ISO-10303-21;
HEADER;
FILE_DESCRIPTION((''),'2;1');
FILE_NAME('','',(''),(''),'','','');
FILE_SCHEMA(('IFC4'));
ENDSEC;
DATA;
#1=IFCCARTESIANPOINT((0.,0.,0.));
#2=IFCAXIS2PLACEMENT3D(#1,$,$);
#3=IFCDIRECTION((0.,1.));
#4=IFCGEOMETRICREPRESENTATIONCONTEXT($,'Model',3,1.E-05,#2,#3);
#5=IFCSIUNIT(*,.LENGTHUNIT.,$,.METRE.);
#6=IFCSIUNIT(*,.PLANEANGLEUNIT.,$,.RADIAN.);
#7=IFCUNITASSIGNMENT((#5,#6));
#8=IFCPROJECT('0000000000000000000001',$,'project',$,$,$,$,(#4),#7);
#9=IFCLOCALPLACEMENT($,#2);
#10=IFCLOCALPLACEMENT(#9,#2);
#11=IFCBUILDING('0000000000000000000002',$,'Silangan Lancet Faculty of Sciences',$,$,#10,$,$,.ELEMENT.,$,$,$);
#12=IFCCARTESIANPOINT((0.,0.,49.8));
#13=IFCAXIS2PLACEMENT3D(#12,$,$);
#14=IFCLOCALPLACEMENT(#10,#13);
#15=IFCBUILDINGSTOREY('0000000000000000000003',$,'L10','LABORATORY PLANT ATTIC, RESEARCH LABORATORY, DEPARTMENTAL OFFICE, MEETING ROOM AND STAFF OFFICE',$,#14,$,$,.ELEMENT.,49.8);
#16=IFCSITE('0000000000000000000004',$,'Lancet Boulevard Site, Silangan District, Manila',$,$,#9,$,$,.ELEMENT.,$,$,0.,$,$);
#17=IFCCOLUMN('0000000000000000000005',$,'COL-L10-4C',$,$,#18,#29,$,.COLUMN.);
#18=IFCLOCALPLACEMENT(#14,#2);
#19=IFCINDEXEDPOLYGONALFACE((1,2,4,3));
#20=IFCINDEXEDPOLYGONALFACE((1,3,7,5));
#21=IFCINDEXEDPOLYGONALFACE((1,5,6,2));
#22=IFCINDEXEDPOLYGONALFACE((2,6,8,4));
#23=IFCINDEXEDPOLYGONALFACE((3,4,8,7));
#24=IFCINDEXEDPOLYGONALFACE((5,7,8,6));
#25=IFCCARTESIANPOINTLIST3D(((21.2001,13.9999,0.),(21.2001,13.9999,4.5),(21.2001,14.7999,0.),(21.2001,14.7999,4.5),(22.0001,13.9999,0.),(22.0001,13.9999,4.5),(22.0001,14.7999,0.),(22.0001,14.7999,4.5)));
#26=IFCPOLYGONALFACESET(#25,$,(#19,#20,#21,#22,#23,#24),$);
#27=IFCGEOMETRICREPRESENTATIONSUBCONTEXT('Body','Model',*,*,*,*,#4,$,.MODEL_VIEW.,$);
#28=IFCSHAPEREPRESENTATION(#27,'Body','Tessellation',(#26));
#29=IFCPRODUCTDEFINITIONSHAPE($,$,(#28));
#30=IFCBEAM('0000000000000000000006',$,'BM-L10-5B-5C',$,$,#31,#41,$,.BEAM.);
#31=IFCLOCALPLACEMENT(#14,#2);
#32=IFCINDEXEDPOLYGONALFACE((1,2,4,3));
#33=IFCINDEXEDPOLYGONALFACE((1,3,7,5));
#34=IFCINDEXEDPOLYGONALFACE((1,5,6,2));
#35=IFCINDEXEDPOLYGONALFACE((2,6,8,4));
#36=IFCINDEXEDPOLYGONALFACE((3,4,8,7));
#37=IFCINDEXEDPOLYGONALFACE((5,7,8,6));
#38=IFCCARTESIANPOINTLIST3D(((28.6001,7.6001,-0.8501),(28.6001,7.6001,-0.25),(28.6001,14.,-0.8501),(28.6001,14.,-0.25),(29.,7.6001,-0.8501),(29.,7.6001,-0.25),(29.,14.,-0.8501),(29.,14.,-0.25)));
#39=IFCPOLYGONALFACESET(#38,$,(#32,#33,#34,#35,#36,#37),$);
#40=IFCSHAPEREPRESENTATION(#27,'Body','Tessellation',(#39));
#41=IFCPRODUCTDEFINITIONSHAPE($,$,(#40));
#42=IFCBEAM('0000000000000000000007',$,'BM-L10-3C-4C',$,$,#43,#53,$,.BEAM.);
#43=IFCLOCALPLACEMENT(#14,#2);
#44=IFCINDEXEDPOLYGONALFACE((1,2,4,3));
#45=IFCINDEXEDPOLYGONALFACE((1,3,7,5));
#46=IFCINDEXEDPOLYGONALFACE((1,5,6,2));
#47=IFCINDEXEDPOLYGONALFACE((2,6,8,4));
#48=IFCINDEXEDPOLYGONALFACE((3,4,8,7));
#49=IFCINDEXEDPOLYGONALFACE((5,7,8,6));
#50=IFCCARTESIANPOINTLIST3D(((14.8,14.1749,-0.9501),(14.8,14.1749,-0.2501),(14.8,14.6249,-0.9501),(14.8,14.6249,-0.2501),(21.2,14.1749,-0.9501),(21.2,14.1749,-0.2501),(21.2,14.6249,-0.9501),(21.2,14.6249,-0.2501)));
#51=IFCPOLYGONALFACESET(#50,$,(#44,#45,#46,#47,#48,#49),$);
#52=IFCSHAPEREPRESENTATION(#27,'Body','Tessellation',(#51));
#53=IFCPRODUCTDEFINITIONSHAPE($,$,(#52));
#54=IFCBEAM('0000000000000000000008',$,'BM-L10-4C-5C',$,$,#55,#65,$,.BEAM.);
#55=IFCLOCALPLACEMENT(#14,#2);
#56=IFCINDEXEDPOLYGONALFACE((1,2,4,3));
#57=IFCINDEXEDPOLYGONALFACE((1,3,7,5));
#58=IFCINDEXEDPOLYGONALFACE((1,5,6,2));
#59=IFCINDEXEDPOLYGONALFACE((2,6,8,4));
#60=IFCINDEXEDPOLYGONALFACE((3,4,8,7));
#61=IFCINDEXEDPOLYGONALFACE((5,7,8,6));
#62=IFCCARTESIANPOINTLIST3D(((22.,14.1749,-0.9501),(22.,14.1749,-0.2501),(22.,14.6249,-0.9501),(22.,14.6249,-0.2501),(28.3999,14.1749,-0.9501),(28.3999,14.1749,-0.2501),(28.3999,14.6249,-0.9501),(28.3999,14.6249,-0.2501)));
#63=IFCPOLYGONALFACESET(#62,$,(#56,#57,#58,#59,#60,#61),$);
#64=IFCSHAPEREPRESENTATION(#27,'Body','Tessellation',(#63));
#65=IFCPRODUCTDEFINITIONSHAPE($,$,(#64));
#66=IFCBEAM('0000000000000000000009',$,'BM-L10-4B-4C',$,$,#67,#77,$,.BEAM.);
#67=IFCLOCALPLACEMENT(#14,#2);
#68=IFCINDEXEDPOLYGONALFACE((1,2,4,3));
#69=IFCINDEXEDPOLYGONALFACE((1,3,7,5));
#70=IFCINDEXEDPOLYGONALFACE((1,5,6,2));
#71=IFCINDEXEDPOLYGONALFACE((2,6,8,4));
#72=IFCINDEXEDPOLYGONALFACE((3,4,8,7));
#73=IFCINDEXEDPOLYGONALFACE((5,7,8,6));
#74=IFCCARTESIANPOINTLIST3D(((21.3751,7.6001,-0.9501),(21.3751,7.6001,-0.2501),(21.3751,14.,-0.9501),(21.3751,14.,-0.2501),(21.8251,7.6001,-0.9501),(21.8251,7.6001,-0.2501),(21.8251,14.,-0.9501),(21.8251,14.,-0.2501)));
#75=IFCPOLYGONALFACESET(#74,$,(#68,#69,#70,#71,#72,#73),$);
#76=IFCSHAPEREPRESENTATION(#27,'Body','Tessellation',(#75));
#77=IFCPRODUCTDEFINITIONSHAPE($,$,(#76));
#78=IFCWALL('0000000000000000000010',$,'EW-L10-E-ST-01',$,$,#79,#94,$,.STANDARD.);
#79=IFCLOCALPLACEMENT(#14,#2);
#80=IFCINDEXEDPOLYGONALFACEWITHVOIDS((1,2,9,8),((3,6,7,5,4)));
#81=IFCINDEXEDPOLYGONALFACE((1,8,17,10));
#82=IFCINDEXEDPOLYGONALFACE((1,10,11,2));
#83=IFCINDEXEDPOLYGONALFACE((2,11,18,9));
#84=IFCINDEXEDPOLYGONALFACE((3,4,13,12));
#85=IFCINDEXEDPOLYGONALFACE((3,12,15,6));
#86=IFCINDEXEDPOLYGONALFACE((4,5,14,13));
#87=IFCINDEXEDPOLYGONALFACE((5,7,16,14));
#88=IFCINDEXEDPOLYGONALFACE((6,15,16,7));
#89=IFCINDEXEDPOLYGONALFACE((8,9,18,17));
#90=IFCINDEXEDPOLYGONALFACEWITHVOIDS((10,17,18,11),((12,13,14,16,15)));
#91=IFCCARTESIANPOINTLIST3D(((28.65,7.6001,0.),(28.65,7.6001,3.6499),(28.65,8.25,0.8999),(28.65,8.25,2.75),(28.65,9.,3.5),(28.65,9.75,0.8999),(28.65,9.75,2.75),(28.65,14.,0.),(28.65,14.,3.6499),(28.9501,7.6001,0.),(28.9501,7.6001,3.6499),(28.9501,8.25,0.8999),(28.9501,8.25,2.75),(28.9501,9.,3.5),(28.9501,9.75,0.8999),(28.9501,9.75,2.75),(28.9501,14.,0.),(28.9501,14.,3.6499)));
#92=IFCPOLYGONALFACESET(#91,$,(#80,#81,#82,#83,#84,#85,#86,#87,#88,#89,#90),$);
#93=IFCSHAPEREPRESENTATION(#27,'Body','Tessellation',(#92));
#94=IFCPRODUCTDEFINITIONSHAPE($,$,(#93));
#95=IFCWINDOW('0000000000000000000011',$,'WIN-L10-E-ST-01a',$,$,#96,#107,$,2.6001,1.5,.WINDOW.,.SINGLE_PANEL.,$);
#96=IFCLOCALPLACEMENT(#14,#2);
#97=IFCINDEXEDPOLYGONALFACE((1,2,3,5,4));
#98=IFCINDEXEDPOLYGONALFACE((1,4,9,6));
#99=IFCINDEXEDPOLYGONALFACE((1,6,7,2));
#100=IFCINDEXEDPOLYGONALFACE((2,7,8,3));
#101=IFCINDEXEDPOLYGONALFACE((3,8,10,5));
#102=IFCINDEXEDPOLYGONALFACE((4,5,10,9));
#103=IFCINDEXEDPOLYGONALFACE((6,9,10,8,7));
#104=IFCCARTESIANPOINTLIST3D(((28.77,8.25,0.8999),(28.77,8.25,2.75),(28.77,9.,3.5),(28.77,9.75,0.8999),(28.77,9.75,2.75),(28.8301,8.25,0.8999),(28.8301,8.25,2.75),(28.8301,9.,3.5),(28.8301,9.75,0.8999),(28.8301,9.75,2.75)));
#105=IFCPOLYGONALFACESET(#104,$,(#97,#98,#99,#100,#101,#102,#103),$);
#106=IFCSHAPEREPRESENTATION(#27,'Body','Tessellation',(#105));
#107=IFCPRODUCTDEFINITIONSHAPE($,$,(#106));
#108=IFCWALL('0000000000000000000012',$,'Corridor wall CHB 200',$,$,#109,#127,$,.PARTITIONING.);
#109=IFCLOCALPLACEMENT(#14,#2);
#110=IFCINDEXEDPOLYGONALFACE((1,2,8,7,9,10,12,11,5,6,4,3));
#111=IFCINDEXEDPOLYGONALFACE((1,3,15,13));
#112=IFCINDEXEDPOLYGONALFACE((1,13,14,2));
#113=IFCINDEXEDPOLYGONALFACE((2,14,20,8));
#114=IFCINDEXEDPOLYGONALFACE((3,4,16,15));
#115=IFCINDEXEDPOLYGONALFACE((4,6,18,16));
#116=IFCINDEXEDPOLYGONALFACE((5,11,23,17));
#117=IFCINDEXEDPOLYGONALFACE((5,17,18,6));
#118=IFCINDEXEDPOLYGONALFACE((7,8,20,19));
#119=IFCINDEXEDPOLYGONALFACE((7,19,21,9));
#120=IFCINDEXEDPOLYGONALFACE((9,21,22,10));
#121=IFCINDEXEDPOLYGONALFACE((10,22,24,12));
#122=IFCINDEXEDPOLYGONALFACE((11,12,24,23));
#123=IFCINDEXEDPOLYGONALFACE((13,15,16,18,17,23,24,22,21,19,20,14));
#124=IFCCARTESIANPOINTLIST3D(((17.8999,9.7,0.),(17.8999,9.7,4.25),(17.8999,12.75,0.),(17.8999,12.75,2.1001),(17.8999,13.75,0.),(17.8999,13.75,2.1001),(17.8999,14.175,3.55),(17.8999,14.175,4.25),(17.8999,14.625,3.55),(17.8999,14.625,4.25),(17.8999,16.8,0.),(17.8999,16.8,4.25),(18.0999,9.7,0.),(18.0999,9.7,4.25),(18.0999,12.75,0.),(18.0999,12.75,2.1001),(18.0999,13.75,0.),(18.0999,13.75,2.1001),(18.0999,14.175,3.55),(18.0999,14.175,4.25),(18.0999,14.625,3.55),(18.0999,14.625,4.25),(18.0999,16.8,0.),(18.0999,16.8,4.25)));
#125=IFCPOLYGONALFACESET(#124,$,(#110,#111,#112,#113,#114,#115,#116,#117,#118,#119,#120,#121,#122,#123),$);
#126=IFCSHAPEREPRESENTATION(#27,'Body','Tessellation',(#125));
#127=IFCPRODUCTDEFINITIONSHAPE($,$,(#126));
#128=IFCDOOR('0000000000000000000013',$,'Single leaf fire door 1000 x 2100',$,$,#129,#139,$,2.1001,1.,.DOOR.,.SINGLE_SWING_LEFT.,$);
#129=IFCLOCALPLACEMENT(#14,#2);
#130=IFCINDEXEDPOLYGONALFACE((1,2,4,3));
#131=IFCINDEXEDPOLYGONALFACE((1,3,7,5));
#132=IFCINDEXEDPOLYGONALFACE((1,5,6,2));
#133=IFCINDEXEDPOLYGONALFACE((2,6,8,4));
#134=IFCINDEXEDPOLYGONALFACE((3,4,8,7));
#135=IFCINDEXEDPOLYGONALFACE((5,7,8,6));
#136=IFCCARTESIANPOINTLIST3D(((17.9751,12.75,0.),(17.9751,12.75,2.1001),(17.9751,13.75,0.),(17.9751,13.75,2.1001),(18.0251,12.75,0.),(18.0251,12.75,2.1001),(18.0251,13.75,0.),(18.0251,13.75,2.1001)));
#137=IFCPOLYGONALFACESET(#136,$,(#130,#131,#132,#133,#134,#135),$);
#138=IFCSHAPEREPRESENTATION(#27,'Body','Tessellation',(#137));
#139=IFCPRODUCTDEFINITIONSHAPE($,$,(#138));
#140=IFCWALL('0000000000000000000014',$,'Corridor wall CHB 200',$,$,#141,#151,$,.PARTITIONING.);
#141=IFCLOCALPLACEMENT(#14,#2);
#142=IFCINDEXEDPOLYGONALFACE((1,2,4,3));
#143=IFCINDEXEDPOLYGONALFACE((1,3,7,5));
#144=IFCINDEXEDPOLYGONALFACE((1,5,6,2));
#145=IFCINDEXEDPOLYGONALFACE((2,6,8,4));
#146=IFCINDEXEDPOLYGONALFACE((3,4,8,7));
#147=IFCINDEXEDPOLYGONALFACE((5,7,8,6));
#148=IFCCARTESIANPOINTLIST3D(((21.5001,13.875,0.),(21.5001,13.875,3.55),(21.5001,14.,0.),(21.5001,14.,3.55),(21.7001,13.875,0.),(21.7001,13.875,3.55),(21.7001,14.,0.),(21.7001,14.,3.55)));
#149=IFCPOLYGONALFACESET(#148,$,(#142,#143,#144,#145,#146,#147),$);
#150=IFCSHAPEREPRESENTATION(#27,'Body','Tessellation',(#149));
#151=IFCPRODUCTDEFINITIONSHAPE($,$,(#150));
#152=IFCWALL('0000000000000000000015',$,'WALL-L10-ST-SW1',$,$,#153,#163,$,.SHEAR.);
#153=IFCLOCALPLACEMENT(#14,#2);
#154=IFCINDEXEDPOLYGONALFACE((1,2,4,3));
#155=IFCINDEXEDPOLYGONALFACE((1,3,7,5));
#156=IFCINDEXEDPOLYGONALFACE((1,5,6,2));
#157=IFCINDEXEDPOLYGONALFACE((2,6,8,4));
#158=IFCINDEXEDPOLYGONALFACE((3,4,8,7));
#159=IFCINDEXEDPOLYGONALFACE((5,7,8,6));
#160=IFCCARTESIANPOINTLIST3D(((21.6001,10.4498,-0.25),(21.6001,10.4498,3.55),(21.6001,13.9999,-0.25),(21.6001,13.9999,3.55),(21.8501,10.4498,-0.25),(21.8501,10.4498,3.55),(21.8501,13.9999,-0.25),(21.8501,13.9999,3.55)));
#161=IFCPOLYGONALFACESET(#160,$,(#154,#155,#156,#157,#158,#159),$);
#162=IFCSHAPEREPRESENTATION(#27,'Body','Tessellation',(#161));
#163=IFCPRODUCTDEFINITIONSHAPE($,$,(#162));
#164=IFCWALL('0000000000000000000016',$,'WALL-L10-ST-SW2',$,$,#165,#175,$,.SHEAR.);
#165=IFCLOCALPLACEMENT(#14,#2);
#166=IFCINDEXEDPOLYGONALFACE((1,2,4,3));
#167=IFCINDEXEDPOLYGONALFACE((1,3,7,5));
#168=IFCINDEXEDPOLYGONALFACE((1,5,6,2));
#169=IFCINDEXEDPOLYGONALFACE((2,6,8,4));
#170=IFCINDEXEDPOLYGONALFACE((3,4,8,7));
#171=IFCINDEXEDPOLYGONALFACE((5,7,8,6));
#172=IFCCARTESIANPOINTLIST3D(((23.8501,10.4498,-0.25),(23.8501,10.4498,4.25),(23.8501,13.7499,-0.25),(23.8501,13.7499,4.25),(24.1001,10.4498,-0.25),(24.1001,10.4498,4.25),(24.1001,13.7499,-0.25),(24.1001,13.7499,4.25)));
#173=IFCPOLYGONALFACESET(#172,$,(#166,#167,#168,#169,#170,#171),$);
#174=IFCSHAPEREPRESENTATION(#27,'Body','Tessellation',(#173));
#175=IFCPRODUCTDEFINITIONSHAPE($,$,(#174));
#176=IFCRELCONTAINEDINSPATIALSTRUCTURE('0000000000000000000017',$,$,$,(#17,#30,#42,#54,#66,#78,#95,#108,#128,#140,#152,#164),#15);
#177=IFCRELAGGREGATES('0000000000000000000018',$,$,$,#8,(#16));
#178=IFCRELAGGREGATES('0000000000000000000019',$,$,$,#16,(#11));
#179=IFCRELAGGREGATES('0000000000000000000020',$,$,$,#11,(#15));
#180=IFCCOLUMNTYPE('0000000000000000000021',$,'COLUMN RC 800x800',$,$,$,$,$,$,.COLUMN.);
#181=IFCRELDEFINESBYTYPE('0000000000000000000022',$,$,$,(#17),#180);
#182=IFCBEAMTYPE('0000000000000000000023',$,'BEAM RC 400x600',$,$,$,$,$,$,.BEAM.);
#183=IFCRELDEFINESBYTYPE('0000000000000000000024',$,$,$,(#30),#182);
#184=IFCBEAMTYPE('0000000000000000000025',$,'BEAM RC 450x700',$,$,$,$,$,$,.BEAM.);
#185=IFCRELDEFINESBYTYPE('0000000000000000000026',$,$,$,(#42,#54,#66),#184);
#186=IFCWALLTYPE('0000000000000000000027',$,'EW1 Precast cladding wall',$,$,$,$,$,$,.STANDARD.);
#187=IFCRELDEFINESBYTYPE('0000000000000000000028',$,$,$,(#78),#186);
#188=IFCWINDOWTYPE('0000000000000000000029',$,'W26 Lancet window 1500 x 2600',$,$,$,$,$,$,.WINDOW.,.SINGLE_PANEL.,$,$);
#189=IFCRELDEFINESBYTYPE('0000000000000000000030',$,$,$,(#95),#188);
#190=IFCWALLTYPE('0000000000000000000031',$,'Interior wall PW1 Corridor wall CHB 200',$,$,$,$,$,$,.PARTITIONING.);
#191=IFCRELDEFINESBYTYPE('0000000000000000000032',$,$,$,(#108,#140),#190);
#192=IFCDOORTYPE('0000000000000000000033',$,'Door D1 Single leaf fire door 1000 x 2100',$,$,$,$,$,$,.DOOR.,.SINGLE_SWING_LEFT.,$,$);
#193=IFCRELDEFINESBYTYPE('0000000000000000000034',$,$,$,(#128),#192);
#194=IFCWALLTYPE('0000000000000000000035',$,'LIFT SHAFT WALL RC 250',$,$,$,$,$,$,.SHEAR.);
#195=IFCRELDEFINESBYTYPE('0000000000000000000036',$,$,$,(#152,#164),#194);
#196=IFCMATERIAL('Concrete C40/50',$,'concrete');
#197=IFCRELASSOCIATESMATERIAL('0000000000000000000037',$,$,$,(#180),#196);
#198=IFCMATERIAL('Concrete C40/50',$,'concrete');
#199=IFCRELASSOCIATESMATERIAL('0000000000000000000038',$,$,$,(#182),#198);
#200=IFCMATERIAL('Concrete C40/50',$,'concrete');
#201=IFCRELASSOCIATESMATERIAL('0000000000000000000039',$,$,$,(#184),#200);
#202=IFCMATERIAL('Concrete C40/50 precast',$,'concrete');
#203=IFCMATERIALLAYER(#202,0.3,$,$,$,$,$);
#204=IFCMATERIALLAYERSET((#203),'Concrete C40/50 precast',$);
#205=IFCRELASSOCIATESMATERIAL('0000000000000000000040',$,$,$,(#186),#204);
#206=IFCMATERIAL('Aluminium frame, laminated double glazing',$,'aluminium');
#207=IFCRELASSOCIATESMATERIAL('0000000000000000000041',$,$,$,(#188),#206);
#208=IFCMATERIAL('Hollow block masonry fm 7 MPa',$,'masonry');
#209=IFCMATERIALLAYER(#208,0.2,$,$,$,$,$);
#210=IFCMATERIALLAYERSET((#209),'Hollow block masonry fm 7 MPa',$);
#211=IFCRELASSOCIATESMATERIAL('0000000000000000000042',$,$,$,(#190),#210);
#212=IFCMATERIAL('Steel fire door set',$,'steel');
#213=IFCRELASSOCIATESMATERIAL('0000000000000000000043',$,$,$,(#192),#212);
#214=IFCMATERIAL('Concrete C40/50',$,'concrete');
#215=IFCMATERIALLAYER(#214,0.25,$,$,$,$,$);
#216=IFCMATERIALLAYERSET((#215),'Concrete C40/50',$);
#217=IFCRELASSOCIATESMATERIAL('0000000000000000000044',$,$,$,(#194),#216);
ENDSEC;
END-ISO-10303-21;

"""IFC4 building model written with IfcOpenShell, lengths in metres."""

from ifc_helpers import new_model, si_unit, direction, frame, frame_2d, origin, origin_2d, place, context, subcontext, project, spatial, polyline, rectangle, outline, extrude, material, layer, layer_set, material_profile, profile_set, type_object, element, fill, save


model = new_model("IFC4")

# Units and contexts
model_context = context("Model", 3, precision=1e-05, world=origin(), true_north=direction((0.0, 1.0)))
body_context = subcontext(model_context, "Body", "Model", "MODEL_VIEW")
ifc_project = project(units=[si_unit("LENGTHUNIT", "METRE"), si_unit("PLANEANGLEUNIT", "RADIAN")], contexts=[model_context])

# Site, building, storey
site_placement = place(None, origin())
site = spatial("IfcSite", under=ifc_project, at=site_placement, Name="Lancet Boulevard Site, Silangan District, Manila", CompositionType="ELEMENT", RefElevation=0.0)
building_placement = place(site_placement, origin())
building = spatial("IfcBuilding", under=site, at=building_placement, Name="Silangan Lancet Faculty of Sciences", CompositionType="ELEMENT")
storey_placement = place(building_placement, frame((0.0, 0.0, 49.8)))
storey = spatial("IfcBuildingStorey", under=building, at=storey_placement, Name="L10", Description="LABORATORY PLANT ATTIC, RESEARCH LABORATORY, DEPARTMENTAL OFFICE, MEETING ROOM AND STAFF OFFICE", CompositionType="ELEMENT", Elevation=49.8)

# Column
ifc_material_1 = material(Name="Concrete C40/50", Category="concrete")
ifc_material_profile_1 = material_profile(ifc_material_1, rectangle(XDim=0.8, YDim=0.8, at=origin_2d()), Name="RC 800x800")
ifc_profile_set_1 = profile_set([ifc_material_profile_1], Name="Concrete C40/50")
column_type = type_object("IfcColumnType", Name="COLUMN RC 800x800", PredefinedType="COLUMN", material=ifc_profile_set_1)
column_placement = place(storey_placement, frame((21.6001, 14.3999, 0.0), z_axis=(0.0, 0.0, 1.0), x_axis=(1.0, 0.0, 0.0)))
element("IfcColumn", 1, at=column_placement, inside=storey, type_object=column_type, Name="COL-L10-4C", PredefinedType="COLUMN", context=body_context, shape_type="SweptSolid", body=[
    extrude(rectangle(XDim=0.8, YDim=0.8, at=origin_2d()), origin(), (0.0, 0.0, 1.0), 4.5),
])

# Beams
ifc_material_2 = material(Name="Concrete C40/50", Category="concrete")
ifc_material_profile_2 = material_profile(ifc_material_2, rectangle(XDim=0.3999, YDim=0.6001, at=origin_2d()), Name="RC 400x600")
ifc_profile_set_2 = profile_set([ifc_material_profile_2], Name="Concrete C40/50")
beam_type_1 = type_object("IfcBeamType", Name="BEAM RC 400x600", PredefinedType="BEAM", material=ifc_profile_set_2)
beam_placement = place(storey_placement, frame((28.8, 7.6001, -0.55), z_axis=(0.0, 1.0, 0.0), x_axis=(-1.0, 0.0, 0.0)))
element("IfcBeam", 2, at=beam_placement, inside=storey, type_object=beam_type_1, Name="BM-L10-5B-5C", PredefinedType="BEAM", context=body_context, shape_type="SweptSolid", body=[
    extrude(rectangle(XDim=0.3999, YDim=0.6001, at=origin_2d()), origin(), (0.0, 0.0, 1.0), 6.3999),
])
ifc_material_3 = material(Name="Concrete C40/50", Category="concrete")
ifc_material_profile_3 = material_profile(ifc_material_3, rectangle(XDim=0.45, YDim=0.7, at=origin_2d()), Name="RC 450x700")
ifc_profile_set_3 = profile_set([ifc_material_profile_3], Name="Concrete C40/50")
beam_type_2 = type_object("IfcBeamType", Name="BEAM RC 450x700", PredefinedType="BEAM", material=ifc_profile_set_3)
for number, where, z_axis, x_axis, name in (
    (3, (14.8, 14.3999, -0.6001), (1.0, 0.0, 0.0), (0.0, 1.0, 0.0), "BM-L10-3C-4C"),
    (4, (22.0, 14.3999, -0.6001), (1.0, 0.0, 0.0), (0.0, 1.0, 0.0), "BM-L10-4C-5C"),
    (5, (21.6001, 7.6001, -0.6001), (0.0, 1.0, 0.0), (-1.0, 0.0, 0.0), "BM-L10-4B-4C"),
):
    element("IfcBeam", number, at=place(storey_placement, frame(where, z_axis=z_axis, x_axis=x_axis)), inside=storey, type_object=beam_type_2, Name=name, PredefinedType="BEAM", context=body_context, shape_type="SweptSolid", body=[
        extrude(rectangle(XDim=0.45, YDim=0.7, at=origin_2d()), origin(), (0.0, 0.0, 1.0), 6.3999),
    ])

# Wall, opening, window
ifc_material_4 = material(Name="Concrete C40/50 precast", Category="concrete")
ifc_layer_1 = layer(ifc_material_4, 0.3)
ifc_layer_set_1 = layer_set([ifc_layer_1], Name="Concrete C40/50 precast")
wall_type_1 = type_object("IfcWallType", Name="EW1 Precast cladding wall", PredefinedType="STANDARD", material=ifc_layer_set_1)
wall_1_placement = place(storey_placement, frame((28.8, 7.6001, 0.0), z_axis=(0.0, 0.0, 1.0), x_axis=(0.0, 1.0, 0.0)))
wall_1 = element("IfcWall", 6, at=wall_1_placement, inside=storey, type_object=wall_type_1, Name="EW-L10-E-ST-01", PredefinedType="STANDARD", context=body_context, shape_type="SweptSolid", body=[
    extrude(rectangle(XDim=6.3999, YDim=0.3, at=frame_2d((3.2, 0.0))), origin(), (0.0, 0.0, 1.0), 3.6499),
])
opening_1_placement = place(wall_1_placement, frame((0.6499, 0.0, 0.8999)))
opening_1 = element("IfcOpeningElement", 7, at=opening_1_placement, cuts=wall_1, PredefinedType="OPENING", context=body_context, shape_type="SweptSolid", body=[
    extrude(outline(polyline([(0.0, 0.0), (1.5, 0.0), (1.5, 1.8501), (0.75, 2.6001), (0.0, 1.8501), (0.0, 0.0)])), frame((0.0, 0.1599, 0.0), z_axis=(0.0, -1.0, 0.0), x_axis=(1.0, 0.0, 0.0)), (0.0, 0.0, 1.0), 0.3201),
])
ifc_material_5 = material(Name="Aluminium frame, laminated double glazing", Category="aluminium")
window_type = type_object("IfcWindowType", Name="W26 Lancet window 1500 x 2600", PartitioningType="SINGLE_PANEL", PredefinedType="WINDOW", material=ifc_material_5)
window_placement = place(opening_1_placement, origin())
window = element("IfcWindow", 8, at=window_placement, inside=storey, type_object=window_type, Name="WIN-L10-E-ST-01a", OverallHeight=2.6001, OverallWidth=1.5, PartitioningType="SINGLE_PANEL", PredefinedType="WINDOW", context=body_context, shape_type="SweptSolid", body=[
    extrude(outline(polyline([(0.0, 0.0), (1.5, 0.0), (1.5, 1.8501), (0.75, 2.6001), (0.0, 1.8501), (0.0, 0.0)])), frame((0.0, 0.03, 0.0), z_axis=(0.0, -1.0, 0.0), x_axis=(1.0, 0.0, 0.0)), (0.0, 0.0, 1.0), 0.0601),
])
fill(opening_1, window)

# Wall, opening, door
ifc_material_6 = material(Name="Hollow block masonry fm 7 MPa", Category="masonry")
ifc_layer_2 = layer(ifc_material_6, 0.2)
ifc_layer_set_2 = layer_set([ifc_layer_2], Name="Hollow block masonry fm 7 MPa")
wall_type_2 = type_object("IfcWallType", Name="Interior wall PW1 Corridor wall CHB 200", PredefinedType="PARTITIONING", material=ifc_layer_set_2)
wall_2_placement = place(storey_placement, frame((18.0, 9.7, 0.0), z_axis=(0.0, 0.0, 1.0), x_axis=(0.0, 1.0, 0.0)))
wall_2 = element("IfcWall", 9, at=wall_2_placement, inside=storey, type_object=wall_type_2, Name="Corridor wall CHB 200", PredefinedType="PARTITIONING", context=body_context, shape_type="SweptSolid", body=[
    extrude(outline(polyline([(0.0, 0.0), (7.1001, 0.0), (7.1001, 4.25), (4.925, 4.25), (4.925, 3.55), (4.4751, 3.55), (4.4751, 4.25), (0.0, 4.25), (0.0, 0.0)])), frame((0.0, 0.1001, 0.0), z_axis=(0.0, -1.0, 0.0), x_axis=(1.0, 0.0, 0.0)), (0.0, 0.0, 1.0), 0.2),
])
opening_2_placement = place(wall_2_placement, frame((3.05, 0.0, 0.0)))
opening_2 = element("IfcOpeningElement", 10, at=opening_2_placement, cuts=wall_2, PredefinedType="OPENING", context=body_context, shape_type="SweptSolid", body=[
    extrude(rectangle(XDim=1.0, YDim=2.1001, at=frame_2d((0.5, 1.05))), frame((0.0, 0.1099, 0.0), z_axis=(0.0, -1.0, 0.0), x_axis=(1.0, 0.0, 0.0)), (0.0, 0.0, 1.0), 0.22),
])
ifc_material_7 = material(Name="Steel fire door set", Category="steel")
door_type_1 = type_object("IfcDoorType", Name="Door D1 Single leaf fire door 1000 x 2100", OperationType="SINGLE_SWING_LEFT", PredefinedType="DOOR", material=ifc_material_7)
door_1_placement = place(opening_2_placement, origin())
door_1 = element("IfcDoor", 11, at=door_1_placement, inside=storey, type_object=door_type_1, Name="Single leaf fire door 1000 x 2100", OperationType="SINGLE_SWING_LEFT", OverallHeight=2.1001, OverallWidth=1.0, PredefinedType="DOOR", context=body_context, shape_type="SweptSolid", body=[
    extrude(rectangle(XDim=1.0, YDim=2.1001, at=frame_2d((0.5, 1.05))), frame((0.0, 0.0249, 0.0), z_axis=(0.0, -1.0, 0.0), x_axis=(1.0, 0.0, 0.0)), (0.0, 0.0, 1.0), 0.05),
])
fill(opening_2, door_1)

# Wall
wall_3_placement = place(storey_placement, frame((21.6001, 13.875, 0.0), z_axis=(0.0, 0.0, 1.0), x_axis=(0.0, 1.0, 0.0)))
element("IfcWall", 12, at=wall_3_placement, inside=storey, type_object=wall_type_2, Name="Corridor wall CHB 200", PredefinedType="PARTITIONING", context=body_context, shape_type="SweptSolid", body=[
    extrude(rectangle(XDim=0.125, YDim=0.2, at=frame_2d((0.0625, 0.0))), origin(), (0.0, 0.0, 1.0), 3.55),
])

# Walls
ifc_material_8 = material(Name="Concrete C40/50", Category="concrete")
ifc_layer_3 = layer(ifc_material_8, 0.25)
ifc_layer_set_3 = layer_set([ifc_layer_3], Name="Concrete C40/50")
wall_type_3 = type_object("IfcWallType", Name="LIFT SHAFT WALL RC 250", PredefinedType="SHEAR", material=ifc_layer_set_3)
wall_4_placement = place(storey_placement, frame((21.7251, 10.45, -0.25), z_axis=(0.0, 0.0, 1.0), x_axis=(0.0, 1.0, 0.0)))
element("IfcWall", 13, at=wall_4_placement, inside=storey, type_object=wall_type_3, Name="WALL-L10-ST-SW1", PredefinedType="SHEAR", context=body_context, shape_type="SweptSolid", body=[
    extrude(rectangle(XDim=3.55, YDim=0.25, at=frame_2d((1.7749, 0.0))), origin(), (0.0, 0.0, 1.0), 3.8),
])
for number, where, z_axis, x_axis, name in (
    (14, (23.9751, 10.45, -0.25), (0.0, 0.0, 1.0), (0.0, 1.0, 0.0), "WALL-L10-ST-SW2"),
):
    element("IfcWall", number, at=place(storey_placement, frame(where, z_axis=z_axis, x_axis=x_axis)), inside=storey, type_object=wall_type_3, Name=name, PredefinedType="SHEAR", context=body_context, shape_type="SweptSolid", body=[
        extrude(rectangle(XDim=3.3, YDim=0.25, at=frame_2d((1.6499, 0.0))), origin(), (0.0, 0.0, 1.0), 4.5),
    ])

save(model, "model.ifc")
